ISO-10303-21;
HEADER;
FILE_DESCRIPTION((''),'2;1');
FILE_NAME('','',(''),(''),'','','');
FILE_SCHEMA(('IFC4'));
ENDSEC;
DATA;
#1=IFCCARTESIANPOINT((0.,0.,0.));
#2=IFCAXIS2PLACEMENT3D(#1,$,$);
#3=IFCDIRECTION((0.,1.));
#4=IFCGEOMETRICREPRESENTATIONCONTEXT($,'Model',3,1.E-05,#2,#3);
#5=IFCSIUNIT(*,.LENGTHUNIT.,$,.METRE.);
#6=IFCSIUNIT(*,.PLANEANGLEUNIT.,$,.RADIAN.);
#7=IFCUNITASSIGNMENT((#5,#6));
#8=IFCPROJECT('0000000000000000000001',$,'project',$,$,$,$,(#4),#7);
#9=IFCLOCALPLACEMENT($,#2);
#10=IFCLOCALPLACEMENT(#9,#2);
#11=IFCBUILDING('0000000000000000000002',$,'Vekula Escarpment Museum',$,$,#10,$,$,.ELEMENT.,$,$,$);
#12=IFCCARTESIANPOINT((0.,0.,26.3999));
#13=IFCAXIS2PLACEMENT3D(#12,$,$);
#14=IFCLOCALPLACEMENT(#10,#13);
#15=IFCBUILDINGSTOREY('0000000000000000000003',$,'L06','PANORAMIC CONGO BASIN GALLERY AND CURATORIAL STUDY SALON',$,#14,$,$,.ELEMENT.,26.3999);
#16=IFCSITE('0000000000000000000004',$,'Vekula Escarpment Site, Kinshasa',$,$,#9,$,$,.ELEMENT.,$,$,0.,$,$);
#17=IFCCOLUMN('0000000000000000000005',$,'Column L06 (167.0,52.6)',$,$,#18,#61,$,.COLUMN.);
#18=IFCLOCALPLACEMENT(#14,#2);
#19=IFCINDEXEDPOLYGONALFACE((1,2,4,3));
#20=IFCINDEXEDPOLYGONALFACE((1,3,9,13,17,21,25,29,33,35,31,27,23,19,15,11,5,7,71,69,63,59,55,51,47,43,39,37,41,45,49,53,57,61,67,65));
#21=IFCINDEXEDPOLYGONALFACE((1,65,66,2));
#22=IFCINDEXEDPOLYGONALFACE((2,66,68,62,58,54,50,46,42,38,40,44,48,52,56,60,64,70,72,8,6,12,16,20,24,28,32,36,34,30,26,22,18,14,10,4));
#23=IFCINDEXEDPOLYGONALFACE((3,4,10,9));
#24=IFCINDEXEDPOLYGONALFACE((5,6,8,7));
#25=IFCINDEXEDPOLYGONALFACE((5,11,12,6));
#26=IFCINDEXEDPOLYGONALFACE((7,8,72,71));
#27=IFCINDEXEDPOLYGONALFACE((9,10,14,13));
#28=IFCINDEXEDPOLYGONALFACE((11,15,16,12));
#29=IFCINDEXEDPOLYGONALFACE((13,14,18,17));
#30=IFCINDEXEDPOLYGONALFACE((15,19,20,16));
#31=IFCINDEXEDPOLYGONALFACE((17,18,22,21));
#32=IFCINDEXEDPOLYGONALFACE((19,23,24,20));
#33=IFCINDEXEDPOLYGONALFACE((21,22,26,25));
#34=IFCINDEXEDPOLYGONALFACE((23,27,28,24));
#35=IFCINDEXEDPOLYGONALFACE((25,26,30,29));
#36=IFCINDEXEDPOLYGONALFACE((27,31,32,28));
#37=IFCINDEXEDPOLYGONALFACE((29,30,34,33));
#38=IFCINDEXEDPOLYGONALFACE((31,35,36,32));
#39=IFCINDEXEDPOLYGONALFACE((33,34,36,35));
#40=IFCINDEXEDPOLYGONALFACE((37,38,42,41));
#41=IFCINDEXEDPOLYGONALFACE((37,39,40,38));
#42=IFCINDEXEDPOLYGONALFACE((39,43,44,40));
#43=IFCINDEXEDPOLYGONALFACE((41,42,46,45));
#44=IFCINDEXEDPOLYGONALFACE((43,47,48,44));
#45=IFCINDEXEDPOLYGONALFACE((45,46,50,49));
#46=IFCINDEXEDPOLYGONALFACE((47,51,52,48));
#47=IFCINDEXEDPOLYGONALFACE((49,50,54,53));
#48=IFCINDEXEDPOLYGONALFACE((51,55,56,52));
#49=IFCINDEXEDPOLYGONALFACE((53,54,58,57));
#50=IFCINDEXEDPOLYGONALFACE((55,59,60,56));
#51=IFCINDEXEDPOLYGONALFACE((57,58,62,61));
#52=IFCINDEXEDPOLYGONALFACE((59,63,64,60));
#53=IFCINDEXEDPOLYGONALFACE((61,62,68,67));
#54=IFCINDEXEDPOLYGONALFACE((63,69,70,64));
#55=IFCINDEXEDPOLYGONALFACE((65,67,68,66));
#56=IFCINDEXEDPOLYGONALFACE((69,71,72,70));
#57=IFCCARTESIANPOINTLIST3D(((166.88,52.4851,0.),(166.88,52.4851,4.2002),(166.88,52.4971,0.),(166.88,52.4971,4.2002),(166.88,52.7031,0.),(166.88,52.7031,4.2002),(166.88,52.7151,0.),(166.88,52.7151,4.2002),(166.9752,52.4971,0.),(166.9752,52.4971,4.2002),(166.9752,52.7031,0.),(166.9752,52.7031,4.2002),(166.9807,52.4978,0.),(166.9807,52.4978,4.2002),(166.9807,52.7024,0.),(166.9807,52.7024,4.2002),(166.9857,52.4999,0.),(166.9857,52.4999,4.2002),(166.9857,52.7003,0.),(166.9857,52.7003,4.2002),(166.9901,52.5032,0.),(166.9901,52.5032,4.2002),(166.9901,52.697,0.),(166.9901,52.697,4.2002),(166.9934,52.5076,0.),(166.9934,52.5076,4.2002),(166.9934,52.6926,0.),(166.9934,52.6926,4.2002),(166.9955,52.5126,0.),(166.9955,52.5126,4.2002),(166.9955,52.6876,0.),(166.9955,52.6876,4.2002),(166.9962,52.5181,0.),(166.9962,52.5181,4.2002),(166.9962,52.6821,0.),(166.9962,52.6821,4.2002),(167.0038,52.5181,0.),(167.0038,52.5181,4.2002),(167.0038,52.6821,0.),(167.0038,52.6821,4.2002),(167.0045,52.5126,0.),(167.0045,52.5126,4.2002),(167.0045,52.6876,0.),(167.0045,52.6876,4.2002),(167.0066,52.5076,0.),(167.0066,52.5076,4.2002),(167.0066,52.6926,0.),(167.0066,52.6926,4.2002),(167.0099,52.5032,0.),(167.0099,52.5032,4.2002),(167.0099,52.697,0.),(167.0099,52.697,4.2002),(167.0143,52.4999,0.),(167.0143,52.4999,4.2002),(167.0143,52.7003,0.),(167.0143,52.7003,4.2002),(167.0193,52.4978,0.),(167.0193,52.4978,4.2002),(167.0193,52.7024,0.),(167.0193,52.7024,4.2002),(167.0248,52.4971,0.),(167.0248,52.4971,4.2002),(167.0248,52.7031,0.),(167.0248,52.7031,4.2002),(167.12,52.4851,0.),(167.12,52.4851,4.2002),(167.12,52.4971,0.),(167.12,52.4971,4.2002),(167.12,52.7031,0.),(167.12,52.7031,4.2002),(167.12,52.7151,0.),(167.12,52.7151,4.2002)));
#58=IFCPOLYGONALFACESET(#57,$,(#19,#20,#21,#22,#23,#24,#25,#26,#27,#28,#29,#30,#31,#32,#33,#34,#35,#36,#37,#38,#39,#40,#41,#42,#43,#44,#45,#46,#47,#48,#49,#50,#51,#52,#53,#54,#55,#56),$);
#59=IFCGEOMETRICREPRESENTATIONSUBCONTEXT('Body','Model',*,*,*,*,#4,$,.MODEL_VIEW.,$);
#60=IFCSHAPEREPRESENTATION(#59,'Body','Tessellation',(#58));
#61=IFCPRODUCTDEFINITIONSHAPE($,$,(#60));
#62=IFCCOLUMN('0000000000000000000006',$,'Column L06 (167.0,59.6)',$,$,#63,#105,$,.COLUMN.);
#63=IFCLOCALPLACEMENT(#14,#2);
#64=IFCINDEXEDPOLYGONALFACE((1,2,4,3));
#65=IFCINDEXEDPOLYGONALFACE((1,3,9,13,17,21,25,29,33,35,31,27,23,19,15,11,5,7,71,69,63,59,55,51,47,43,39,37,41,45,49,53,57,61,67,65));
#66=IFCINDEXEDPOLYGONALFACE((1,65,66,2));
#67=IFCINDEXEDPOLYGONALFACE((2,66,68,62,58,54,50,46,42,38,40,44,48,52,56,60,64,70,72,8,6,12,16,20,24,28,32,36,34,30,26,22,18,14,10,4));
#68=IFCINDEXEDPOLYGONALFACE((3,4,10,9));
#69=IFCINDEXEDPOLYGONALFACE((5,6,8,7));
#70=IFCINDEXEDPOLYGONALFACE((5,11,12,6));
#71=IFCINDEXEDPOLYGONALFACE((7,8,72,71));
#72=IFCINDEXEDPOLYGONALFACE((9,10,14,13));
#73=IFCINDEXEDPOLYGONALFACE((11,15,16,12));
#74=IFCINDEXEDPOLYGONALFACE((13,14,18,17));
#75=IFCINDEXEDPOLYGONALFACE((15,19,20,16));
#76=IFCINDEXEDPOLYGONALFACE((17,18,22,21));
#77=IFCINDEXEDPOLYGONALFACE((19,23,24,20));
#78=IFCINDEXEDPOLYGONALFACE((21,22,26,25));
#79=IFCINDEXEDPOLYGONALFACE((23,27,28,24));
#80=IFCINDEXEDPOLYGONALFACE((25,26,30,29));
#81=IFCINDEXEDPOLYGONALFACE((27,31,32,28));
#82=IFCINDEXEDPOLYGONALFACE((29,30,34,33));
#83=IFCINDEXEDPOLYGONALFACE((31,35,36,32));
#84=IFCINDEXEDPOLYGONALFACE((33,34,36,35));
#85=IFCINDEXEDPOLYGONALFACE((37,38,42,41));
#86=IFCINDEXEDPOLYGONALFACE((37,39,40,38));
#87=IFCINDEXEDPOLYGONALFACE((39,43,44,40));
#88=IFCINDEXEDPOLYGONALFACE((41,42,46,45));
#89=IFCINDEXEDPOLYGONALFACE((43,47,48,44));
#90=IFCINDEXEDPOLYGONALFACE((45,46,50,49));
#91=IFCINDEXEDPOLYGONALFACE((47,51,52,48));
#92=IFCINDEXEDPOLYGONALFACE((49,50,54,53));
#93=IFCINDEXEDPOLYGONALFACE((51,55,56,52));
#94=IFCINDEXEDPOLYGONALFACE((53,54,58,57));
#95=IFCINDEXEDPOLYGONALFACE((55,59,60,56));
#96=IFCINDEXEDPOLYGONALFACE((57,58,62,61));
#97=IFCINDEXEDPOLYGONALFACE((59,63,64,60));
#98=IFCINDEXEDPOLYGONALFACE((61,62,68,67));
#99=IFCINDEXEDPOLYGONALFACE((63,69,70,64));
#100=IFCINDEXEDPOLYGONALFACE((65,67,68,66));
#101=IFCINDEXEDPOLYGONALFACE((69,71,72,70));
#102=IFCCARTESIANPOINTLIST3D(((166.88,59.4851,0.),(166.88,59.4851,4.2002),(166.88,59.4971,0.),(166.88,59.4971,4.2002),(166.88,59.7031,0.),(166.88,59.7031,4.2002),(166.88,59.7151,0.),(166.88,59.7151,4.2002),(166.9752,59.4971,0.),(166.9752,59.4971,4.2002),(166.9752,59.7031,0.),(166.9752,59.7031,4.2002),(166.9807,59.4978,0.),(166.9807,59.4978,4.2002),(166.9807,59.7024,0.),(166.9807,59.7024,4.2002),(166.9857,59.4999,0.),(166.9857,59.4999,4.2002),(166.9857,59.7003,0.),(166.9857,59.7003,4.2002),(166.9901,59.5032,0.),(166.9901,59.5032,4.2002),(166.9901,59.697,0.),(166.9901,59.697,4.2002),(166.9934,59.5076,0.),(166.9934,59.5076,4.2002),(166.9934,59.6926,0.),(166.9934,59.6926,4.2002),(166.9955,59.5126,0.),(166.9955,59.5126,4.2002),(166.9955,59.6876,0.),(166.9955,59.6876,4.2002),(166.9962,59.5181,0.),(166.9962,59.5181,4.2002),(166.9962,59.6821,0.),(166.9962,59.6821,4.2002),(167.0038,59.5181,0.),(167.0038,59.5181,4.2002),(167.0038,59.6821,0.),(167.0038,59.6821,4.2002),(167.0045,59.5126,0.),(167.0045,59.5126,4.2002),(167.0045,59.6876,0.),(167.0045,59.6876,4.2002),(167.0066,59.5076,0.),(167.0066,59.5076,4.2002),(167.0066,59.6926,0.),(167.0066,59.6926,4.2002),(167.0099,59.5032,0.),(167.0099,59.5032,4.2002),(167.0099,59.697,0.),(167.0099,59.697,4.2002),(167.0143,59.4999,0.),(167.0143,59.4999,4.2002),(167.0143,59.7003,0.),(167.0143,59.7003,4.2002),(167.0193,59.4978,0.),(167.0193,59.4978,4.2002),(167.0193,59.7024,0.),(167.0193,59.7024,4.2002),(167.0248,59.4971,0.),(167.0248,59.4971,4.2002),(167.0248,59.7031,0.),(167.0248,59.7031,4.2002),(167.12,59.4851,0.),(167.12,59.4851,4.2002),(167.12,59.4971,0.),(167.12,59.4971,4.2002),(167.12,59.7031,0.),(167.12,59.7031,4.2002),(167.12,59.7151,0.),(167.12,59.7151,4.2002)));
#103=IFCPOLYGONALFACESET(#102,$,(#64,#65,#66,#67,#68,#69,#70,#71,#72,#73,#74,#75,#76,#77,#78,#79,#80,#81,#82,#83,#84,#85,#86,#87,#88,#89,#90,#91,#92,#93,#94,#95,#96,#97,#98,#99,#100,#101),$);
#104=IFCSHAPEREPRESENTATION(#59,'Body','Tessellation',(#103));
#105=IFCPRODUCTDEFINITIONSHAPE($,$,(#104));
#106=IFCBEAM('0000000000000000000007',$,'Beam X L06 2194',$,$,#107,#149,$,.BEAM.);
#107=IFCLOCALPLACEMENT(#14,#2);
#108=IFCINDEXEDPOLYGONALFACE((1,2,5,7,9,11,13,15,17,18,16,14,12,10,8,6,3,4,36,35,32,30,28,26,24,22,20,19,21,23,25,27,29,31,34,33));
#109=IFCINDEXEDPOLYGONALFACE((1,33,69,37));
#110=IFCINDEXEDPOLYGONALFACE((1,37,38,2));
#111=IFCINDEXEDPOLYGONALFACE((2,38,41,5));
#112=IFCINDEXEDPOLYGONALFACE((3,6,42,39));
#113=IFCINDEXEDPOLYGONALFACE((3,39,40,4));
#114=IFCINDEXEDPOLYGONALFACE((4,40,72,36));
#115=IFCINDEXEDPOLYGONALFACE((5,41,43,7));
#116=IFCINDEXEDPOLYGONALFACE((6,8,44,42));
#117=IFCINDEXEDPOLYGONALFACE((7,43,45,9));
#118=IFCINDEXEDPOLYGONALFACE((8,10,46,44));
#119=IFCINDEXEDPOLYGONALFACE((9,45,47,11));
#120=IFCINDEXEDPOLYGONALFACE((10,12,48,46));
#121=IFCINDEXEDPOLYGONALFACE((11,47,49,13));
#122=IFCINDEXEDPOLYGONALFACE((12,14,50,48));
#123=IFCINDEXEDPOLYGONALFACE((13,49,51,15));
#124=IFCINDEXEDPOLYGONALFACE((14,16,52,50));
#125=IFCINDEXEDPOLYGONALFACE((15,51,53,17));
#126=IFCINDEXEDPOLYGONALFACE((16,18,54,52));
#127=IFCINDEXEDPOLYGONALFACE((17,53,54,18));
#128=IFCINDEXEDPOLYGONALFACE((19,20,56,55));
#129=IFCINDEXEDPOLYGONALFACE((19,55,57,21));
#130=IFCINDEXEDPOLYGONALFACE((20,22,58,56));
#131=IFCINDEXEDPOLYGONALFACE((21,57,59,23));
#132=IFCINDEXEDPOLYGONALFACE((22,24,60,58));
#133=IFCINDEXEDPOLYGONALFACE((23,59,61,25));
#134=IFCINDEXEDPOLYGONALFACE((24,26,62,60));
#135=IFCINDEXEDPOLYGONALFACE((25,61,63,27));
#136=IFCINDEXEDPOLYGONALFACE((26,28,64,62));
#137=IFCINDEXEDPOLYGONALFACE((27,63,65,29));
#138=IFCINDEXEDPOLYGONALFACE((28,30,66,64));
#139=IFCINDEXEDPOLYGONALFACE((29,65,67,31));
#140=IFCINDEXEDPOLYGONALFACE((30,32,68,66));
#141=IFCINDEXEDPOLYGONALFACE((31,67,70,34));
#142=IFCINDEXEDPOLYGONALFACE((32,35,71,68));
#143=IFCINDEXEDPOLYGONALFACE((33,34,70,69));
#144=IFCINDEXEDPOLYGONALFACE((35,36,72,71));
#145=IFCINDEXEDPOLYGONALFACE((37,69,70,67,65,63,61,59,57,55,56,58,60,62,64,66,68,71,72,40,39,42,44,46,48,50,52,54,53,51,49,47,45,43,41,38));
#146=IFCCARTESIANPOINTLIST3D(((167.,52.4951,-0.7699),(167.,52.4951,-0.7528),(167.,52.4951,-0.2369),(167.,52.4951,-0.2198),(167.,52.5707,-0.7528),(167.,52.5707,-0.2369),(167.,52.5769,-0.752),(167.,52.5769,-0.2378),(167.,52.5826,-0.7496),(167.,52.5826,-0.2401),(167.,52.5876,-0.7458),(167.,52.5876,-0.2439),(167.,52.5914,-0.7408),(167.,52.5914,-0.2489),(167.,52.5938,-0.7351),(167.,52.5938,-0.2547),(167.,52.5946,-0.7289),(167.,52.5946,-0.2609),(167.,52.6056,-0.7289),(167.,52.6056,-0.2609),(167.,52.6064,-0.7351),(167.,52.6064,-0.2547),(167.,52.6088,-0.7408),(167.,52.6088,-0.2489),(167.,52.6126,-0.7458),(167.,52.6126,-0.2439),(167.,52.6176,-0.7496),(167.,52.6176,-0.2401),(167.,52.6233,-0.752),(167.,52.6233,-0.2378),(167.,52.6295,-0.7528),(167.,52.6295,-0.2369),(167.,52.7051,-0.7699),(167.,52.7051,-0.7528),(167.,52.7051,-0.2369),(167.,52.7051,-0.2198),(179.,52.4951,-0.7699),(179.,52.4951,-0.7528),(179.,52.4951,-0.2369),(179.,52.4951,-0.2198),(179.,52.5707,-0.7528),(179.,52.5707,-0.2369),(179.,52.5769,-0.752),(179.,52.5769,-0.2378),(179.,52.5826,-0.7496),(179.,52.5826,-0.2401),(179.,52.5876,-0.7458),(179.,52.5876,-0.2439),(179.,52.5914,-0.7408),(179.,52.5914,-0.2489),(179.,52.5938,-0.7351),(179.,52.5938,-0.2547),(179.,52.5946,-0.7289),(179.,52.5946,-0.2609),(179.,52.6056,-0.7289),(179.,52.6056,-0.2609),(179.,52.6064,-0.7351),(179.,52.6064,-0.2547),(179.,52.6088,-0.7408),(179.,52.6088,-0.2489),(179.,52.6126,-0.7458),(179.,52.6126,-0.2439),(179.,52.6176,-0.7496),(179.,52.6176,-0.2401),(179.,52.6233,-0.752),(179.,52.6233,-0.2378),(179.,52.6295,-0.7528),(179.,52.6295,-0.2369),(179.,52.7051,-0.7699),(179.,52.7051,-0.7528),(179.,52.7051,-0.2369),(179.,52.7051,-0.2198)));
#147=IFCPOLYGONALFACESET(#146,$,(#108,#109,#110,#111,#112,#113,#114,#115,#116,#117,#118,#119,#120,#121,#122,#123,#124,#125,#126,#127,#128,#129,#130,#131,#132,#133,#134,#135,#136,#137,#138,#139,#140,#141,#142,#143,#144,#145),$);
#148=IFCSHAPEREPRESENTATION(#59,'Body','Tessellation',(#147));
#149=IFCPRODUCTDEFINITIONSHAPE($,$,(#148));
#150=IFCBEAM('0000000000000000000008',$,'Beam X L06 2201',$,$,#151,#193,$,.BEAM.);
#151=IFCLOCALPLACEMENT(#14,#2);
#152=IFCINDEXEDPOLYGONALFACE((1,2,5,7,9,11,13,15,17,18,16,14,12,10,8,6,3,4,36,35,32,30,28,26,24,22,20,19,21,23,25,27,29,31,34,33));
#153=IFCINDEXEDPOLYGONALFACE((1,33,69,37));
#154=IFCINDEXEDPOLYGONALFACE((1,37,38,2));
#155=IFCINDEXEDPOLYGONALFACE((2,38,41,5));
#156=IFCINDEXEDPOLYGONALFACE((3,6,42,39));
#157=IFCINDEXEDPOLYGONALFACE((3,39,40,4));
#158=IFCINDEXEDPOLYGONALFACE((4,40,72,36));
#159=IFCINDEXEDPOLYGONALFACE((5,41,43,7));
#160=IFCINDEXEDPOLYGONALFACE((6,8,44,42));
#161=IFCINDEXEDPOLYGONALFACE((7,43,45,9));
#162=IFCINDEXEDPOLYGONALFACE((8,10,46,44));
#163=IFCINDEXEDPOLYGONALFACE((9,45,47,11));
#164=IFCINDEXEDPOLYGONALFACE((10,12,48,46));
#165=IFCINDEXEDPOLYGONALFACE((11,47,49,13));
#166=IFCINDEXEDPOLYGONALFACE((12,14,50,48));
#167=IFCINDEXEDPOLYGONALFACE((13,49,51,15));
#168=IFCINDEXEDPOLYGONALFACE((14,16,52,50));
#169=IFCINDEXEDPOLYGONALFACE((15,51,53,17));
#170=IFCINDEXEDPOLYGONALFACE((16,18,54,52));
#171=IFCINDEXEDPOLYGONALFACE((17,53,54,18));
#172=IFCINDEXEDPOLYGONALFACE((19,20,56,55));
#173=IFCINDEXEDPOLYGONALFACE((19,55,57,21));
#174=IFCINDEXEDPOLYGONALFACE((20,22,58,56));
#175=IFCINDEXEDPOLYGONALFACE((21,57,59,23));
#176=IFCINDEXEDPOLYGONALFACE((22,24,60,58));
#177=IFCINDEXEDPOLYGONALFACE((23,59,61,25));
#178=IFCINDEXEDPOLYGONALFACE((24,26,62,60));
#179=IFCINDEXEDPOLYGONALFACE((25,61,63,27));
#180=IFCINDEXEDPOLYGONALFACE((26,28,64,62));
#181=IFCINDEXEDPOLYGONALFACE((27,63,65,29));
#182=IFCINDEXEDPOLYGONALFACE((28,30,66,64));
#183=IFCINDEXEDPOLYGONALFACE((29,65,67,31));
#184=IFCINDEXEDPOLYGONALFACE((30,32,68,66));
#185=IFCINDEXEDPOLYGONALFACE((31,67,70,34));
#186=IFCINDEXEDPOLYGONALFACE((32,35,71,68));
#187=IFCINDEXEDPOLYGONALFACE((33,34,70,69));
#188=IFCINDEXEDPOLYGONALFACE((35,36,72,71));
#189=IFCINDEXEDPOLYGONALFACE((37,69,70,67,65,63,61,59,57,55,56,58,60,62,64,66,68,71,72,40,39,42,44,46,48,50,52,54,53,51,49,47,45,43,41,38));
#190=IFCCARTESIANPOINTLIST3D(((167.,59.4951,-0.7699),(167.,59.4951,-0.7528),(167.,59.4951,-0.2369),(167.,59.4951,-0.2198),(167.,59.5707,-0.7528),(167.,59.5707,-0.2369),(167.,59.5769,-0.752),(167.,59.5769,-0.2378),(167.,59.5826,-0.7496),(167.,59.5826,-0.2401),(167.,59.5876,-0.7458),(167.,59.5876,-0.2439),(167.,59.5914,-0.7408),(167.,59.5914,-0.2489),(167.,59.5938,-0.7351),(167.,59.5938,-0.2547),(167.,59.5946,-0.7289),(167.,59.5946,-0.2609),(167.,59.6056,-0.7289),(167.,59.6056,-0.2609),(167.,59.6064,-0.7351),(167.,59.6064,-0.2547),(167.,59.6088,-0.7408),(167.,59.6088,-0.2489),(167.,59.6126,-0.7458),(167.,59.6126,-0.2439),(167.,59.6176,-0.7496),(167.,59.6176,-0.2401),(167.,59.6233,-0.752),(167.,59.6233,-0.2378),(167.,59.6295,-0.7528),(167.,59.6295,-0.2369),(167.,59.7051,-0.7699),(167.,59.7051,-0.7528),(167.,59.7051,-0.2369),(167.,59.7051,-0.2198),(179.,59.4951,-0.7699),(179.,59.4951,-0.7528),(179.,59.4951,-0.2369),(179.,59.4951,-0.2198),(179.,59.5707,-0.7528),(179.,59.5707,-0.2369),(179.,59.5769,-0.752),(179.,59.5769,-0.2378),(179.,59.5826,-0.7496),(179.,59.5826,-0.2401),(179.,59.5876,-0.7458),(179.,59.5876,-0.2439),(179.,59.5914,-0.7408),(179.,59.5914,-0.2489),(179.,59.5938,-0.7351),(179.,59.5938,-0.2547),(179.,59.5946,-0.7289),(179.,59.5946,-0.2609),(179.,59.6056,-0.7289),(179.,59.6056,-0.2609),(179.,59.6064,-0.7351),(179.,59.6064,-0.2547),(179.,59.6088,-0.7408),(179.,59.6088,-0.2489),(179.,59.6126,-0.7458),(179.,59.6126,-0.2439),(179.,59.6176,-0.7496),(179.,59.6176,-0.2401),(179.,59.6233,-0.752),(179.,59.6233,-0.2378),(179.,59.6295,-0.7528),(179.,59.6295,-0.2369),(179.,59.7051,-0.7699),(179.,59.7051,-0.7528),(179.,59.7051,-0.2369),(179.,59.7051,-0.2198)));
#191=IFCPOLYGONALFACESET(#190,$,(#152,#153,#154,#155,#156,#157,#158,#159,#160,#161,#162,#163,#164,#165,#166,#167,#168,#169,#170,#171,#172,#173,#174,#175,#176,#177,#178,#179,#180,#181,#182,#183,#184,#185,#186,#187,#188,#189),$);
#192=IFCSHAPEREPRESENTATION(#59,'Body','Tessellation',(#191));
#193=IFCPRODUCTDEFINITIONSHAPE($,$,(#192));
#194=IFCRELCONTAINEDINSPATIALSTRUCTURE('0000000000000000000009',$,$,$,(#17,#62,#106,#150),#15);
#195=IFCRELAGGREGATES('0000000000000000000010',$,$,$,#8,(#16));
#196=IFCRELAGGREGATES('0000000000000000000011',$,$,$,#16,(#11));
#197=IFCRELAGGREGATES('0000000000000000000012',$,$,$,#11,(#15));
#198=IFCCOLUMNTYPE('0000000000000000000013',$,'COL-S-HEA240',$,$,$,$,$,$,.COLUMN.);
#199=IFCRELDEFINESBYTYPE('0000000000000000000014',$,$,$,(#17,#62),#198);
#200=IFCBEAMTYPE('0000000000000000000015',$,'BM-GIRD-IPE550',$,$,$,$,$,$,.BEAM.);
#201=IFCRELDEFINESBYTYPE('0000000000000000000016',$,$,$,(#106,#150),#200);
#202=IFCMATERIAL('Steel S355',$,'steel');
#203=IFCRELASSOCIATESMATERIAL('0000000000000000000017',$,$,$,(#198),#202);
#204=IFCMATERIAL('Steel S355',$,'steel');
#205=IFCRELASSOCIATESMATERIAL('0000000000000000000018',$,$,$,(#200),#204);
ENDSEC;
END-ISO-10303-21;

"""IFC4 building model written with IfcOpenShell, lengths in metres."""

from ifc_helpers import new_model, si_unit, direction, frame, origin, origin_2d, place, context, subcontext, project, spatial, i_section, extrude, material, material_profile, profile_set, type_object, element, save


model = new_model("IFC4")

# Units and contexts
model_context = context("Model", 3, precision=1e-05, world=origin(), true_north=direction((0.0, 1.0)))
body_context = subcontext(model_context, "Body", "Model", "MODEL_VIEW")
ifc_project = project(units=[si_unit("LENGTHUNIT", "METRE"), si_unit("PLANEANGLEUNIT", "RADIAN")], contexts=[model_context])

# Site, building, storey
site_placement = place(None, origin())
site = spatial("IfcSite", under=ifc_project, at=site_placement, Name="Vekula Escarpment Site, Kinshasa", CompositionType="ELEMENT", RefElevation=0.0)
building_placement = place(site_placement, origin())
building = spatial("IfcBuilding", under=site, at=building_placement, Name="Vekula Escarpment Museum", CompositionType="ELEMENT")
storey_placement = place(building_placement, frame((0.0, 0.0, 26.3999)))
storey = spatial("IfcBuildingStorey", under=building, at=storey_placement, Name="L06", Description="PANORAMIC CONGO BASIN GALLERY AND CURATORIAL STUDY SALON", CompositionType="ELEMENT", Elevation=26.3999)

# Columns
ifc_material_1 = material(Name="Steel S355", Category="steel")
ifc_material_profile_1 = material_profile(ifc_material_1, i_section(OverallWidth=0.24, OverallDepth=0.23, WebThickness=0.0076, FlangeThickness=0.012, FilletRadius=0.021, at=origin_2d()), Name="HEA 240")
ifc_profile_set_1 = profile_set([ifc_material_profile_1], Name="Steel S355")
column_type = type_object("IfcColumnType", Name="COL-S-HEA240", PredefinedType="COLUMN", material=ifc_profile_set_1)
for number, where, z_axis, x_axis, name in (
    (1, (167.0, 52.6001, 0.0), (0.0, 0.0, 1.0), (1.0, 0.0, 0.0), "Column L06 (167.0,52.6)"),
    (2, (167.0, 59.6001, 0.0), (0.0, 0.0, 1.0), (1.0, 0.0, 0.0), "Column L06 (167.0,59.6)"),
):
    element("IfcColumn", number, at=place(storey_placement, frame(where, z_axis=z_axis, x_axis=x_axis)), inside=storey, type_object=column_type, Name=name, PredefinedType="COLUMN", context=body_context, shape_type="SweptSolid", body=[
        extrude(i_section(OverallWidth=0.24, OverallDepth=0.23, WebThickness=0.0076, FlangeThickness=0.012, FilletRadius=0.021, at=origin_2d()), origin(), (0.0, 0.0, 1.0), 4.2002),
    ])

# Beams
ifc_material_2 = material(Name="Steel S355", Category="steel")
ifc_material_profile_2 = material_profile(ifc_material_2, i_section(OverallWidth=0.21, OverallDepth=0.55, WebThickness=0.011, FlangeThickness=0.0171, FilletRadius=0.0239, at=origin_2d()), Name="IPE 550")
ifc_profile_set_2 = profile_set([ifc_material_profile_2], Name="Steel S355")
beam_type_1 = type_object("IfcBeamType", Name="BM-GIRD-IPE550", PredefinedType="BEAM", material=ifc_profile_set_2)
for number, where, z_axis, x_axis, name in (
    (3, (167.0, 52.6001, -0.4949), (1.0, 0.0, 0.0), (0.0, 1.0, 0.0), "Beam X L06 2194"),
    (4, (167.0, 59.6001, -0.4949), (1.0, 0.0, 0.0), (0.0, 1.0, 0.0), "Beam X L06 2201"),
):
    element("IfcBeam", number, at=place(storey_placement, frame(where, z_axis=z_axis, x_axis=x_axis)), inside=storey, type_object=beam_type_1, Name=name, PredefinedType="BEAM", context=body_context, shape_type="SweptSolid", body=[
        extrude(i_section(OverallWidth=0.21, OverallDepth=0.55, WebThickness=0.011, FlangeThickness=0.0171, FilletRadius=0.0239, at=origin_2d()), origin(), (0.0, 0.0, 1.0), 12.0),
    ])

save(model, "model.ifc")
